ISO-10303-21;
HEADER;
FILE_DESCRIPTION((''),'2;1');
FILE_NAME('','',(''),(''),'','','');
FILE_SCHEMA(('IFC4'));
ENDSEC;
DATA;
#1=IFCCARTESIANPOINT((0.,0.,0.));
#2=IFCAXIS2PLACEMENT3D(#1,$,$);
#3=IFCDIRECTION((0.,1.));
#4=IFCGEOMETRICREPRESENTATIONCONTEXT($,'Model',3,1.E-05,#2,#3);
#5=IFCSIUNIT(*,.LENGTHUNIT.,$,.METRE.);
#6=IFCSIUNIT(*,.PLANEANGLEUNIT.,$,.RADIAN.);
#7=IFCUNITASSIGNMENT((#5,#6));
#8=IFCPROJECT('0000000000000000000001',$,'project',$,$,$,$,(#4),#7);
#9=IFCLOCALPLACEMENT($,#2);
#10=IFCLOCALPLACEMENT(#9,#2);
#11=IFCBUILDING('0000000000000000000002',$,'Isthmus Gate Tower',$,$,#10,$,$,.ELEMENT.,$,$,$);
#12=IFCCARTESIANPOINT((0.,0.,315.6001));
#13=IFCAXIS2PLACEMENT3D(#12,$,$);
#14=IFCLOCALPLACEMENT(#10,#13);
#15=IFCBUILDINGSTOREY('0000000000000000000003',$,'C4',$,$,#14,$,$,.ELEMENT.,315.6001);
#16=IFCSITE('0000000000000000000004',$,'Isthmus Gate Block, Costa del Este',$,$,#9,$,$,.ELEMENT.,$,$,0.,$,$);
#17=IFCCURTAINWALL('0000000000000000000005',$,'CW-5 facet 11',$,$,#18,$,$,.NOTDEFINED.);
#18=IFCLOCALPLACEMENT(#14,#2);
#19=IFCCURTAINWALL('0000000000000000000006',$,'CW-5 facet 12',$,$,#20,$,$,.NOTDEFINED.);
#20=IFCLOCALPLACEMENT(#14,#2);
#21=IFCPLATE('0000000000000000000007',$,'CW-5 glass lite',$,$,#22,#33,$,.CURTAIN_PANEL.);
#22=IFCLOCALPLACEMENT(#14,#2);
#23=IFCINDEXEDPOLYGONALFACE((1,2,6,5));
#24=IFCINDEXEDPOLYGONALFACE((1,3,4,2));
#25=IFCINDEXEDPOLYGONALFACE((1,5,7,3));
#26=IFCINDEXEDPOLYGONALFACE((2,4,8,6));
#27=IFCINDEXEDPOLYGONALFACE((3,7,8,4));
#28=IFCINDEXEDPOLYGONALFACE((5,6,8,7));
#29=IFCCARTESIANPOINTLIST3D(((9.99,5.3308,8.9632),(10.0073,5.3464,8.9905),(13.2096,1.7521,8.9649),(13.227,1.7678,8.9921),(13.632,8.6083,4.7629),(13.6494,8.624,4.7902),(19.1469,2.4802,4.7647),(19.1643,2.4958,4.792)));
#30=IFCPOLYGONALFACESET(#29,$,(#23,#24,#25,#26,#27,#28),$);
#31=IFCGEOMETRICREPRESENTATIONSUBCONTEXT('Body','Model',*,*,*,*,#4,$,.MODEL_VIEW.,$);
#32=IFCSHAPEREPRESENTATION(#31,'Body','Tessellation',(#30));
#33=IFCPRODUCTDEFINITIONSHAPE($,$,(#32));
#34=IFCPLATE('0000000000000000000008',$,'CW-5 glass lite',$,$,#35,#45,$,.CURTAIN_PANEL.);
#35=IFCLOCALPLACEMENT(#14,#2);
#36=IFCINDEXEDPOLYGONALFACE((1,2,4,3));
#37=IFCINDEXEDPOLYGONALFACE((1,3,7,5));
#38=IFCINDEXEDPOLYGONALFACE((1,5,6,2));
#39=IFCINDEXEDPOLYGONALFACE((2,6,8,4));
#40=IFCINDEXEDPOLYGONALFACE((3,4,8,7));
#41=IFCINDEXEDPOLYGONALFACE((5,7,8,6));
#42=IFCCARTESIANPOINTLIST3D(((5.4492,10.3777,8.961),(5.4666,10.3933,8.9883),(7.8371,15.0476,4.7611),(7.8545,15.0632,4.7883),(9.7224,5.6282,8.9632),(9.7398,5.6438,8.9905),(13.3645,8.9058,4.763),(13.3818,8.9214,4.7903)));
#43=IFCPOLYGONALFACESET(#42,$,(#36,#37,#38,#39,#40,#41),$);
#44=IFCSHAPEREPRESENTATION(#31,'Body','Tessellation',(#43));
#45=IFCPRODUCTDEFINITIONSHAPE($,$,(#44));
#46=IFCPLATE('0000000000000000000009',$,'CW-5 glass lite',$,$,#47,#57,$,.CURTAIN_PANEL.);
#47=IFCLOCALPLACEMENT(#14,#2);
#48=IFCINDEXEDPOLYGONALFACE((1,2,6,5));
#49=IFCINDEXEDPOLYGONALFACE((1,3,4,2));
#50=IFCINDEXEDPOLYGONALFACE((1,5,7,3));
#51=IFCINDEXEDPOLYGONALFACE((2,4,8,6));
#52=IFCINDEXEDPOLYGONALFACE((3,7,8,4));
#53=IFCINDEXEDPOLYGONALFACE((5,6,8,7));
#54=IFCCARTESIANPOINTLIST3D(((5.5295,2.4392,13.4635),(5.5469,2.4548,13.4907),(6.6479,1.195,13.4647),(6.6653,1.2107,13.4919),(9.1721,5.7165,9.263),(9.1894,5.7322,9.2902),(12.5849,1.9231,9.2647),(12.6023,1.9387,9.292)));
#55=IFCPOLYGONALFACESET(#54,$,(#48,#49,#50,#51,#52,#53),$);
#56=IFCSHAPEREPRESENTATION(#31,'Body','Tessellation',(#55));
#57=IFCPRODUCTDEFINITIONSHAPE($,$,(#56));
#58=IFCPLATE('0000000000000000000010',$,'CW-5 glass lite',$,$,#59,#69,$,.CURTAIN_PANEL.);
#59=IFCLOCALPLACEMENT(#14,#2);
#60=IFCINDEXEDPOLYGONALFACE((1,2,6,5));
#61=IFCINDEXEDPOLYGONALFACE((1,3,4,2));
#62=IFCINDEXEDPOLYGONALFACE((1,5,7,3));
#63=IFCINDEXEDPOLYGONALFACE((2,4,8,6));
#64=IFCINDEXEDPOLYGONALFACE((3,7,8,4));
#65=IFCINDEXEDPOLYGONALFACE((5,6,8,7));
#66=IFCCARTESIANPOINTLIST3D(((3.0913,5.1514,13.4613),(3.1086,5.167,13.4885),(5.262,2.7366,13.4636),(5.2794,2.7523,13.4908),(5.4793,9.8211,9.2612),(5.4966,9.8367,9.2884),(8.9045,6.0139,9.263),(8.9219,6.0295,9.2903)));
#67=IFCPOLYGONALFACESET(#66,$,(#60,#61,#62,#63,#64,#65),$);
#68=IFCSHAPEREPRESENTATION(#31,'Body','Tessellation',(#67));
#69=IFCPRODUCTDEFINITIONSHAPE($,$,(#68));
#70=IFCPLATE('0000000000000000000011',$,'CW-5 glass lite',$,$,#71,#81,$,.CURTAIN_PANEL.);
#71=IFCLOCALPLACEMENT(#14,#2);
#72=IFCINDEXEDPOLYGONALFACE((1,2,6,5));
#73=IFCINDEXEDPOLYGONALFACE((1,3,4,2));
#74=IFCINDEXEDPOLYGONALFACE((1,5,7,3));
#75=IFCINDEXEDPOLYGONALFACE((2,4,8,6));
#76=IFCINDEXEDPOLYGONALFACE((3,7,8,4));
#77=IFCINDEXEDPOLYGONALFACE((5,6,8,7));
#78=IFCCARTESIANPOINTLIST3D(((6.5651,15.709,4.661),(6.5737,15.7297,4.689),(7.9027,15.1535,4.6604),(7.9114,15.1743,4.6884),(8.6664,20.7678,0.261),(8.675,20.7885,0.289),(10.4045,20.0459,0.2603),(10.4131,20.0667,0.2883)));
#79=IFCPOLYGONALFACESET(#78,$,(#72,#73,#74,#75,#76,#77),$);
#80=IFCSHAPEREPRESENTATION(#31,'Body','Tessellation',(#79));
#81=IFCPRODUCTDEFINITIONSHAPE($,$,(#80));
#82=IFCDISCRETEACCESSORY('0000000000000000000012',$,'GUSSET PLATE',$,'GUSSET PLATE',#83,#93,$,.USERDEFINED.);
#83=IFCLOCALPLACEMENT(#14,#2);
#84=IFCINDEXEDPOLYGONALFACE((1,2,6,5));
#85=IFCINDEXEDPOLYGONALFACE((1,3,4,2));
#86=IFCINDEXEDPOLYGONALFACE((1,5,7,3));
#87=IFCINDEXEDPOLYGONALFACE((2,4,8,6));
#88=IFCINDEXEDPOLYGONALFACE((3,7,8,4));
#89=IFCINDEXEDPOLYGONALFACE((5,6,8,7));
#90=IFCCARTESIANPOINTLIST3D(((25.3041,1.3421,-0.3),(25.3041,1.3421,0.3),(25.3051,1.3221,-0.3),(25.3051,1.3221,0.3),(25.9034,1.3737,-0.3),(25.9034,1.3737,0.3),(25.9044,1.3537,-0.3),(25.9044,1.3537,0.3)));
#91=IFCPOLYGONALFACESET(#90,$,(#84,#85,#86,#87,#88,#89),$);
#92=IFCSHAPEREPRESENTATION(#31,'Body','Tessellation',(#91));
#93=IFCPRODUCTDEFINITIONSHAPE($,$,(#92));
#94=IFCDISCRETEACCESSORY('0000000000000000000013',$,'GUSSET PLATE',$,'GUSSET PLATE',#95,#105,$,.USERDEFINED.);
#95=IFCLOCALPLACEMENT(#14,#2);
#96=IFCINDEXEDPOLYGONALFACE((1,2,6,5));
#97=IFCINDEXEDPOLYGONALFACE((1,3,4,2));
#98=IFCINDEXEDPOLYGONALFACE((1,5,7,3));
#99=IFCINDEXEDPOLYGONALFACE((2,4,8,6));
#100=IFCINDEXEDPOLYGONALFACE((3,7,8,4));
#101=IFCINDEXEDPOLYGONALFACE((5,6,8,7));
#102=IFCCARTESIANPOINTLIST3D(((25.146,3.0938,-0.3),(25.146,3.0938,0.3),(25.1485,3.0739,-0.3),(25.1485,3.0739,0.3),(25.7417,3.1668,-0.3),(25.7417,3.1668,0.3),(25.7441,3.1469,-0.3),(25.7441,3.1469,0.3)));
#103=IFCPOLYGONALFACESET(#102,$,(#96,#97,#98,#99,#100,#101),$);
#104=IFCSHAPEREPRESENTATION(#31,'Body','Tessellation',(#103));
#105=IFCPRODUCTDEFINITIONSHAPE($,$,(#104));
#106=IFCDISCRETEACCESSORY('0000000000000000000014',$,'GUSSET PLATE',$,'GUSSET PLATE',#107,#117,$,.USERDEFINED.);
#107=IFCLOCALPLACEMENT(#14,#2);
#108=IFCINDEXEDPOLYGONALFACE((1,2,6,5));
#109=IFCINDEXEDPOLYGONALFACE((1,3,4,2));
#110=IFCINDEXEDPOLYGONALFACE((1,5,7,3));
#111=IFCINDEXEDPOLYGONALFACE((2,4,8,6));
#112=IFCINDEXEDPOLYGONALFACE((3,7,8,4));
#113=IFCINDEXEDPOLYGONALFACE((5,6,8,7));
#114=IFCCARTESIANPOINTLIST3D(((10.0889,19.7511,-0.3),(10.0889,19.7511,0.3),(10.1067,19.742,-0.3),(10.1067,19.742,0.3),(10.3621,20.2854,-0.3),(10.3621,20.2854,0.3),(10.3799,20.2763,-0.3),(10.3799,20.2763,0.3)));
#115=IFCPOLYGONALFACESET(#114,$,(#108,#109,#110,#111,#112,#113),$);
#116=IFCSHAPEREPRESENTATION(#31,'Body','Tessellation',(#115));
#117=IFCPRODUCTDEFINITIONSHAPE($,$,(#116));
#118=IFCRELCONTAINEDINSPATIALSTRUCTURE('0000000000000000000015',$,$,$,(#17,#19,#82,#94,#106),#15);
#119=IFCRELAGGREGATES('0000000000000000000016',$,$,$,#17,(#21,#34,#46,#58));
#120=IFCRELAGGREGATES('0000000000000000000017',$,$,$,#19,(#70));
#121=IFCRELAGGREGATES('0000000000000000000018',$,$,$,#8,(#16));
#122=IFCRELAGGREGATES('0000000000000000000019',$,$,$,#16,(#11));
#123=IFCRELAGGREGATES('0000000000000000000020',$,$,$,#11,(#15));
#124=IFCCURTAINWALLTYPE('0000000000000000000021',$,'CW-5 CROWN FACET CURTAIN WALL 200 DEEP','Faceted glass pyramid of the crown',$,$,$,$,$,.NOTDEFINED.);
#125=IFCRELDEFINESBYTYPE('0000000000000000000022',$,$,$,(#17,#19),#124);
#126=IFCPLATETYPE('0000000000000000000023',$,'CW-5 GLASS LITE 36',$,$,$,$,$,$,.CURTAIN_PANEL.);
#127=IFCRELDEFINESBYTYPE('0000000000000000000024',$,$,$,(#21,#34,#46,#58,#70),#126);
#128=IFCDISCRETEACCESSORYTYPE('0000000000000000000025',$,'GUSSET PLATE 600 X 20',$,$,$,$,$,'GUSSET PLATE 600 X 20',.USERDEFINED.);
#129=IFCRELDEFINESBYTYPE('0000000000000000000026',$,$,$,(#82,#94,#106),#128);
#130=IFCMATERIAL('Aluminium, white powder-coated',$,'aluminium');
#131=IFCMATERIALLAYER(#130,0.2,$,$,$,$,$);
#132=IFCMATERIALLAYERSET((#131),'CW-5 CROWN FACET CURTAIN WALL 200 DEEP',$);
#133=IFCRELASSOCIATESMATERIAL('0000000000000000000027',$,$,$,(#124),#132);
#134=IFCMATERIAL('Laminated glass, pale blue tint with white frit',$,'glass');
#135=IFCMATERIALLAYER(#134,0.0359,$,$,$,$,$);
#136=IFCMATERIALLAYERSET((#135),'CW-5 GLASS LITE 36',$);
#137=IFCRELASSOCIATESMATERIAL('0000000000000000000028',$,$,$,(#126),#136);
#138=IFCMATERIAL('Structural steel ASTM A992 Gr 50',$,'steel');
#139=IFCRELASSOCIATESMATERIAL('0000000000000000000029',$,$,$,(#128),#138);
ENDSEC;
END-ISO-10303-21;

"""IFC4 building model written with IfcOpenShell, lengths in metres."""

from ifc_helpers import new_model, si_unit, direction, frame, origin, origin_2d, place, context, subcontext, project, spatial, polyline, rectangle, outline, extrude, material, layer, layer_set, type_object, element, aggregate, save


model = new_model("IFC4")

# Units and contexts
model_context = context("Model", 3, precision=1e-05, world=origin(), true_north=direction((0.0, 1.0)))
body_context = subcontext(model_context, "Body", "Model", "MODEL_VIEW")
ifc_project = project(units=[si_unit("LENGTHUNIT", "METRE"), si_unit("PLANEANGLEUNIT", "RADIAN")], contexts=[model_context])

# Site, building, storey
site_placement = place(None, origin())
site = spatial("IfcSite", under=ifc_project, at=site_placement, Name="Isthmus Gate Block, Costa del Este", CompositionType="ELEMENT", RefElevation=0.0)
building_placement = place(site_placement, origin())
building = spatial("IfcBuilding", under=site, at=building_placement, Name="Isthmus Gate Tower", CompositionType="ELEMENT")
storey_placement = place(building_placement, frame((0.0, 0.0, 315.6001)))
storey = spatial("IfcBuildingStorey", under=building, at=storey_placement, Name="C4", CompositionType="ELEMENT", Elevation=315.6001)

# Curtain wall
ifc_material_1 = material(Name="Aluminium, white powder-coated", Category="aluminium")
ifc_layer_1 = layer(ifc_material_1, 0.2)
ifc_layer_set_1 = layer_set([ifc_layer_1], Name="CW-5 CROWN FACET CURTAIN WALL 200 DEEP")
curtain_wall_type = type_object("IfcCurtainWallType", Name="CW-5 CROWN FACET CURTAIN WALL 200 DEEP", Description="Faceted glass pyramid of the crown", PredefinedType="NOTDEFINED", material=ifc_layer_set_1)
curtain_wall_1_placement = place(storey_placement, origin())
curtain_wall_1 = element("IfcCurtainWall", 1, at=curtain_wall_1_placement, inside=storey, type_object=curtain_wall_type, Name="CW-5 facet 11", PredefinedType="NOTDEFINED")
placement_1 = place(building_placement, frame((0.0, 0.0, 324.6001)))

# Shared definitions
placement_2 = place(building_placement, frame((0.0, 0.0, 320.1001)))

# Curtain wall
curtain_wall_2_placement = place(storey_placement, origin())
curtain_wall_2 = element("IfcCurtainWall", 2, at=curtain_wall_2_placement, inside=storey, type_object=curtain_wall_type, Name="CW-5 facet 12", PredefinedType="NOTDEFINED")

# Plates
ifc_material_2 = material(Name="Laminated glass, pale blue tint with white frit", Category="glass")
ifc_layer_2 = layer(ifc_material_2, 0.0359)
ifc_layer_set_2 = layer_set([ifc_layer_2], Name="CW-5 GLASS LITE 36")
plate_type = type_object("IfcPlateType", Name="CW-5 GLASS LITE 36", PredefinedType="CURTAIN_PANEL", material=ifc_layer_set_2)
plate_1_placement = place(placement_2, frame((19.1643, 2.4958, 0.292), z_axis=(0.483671, 0.435497, 0.759213), x_axis=(-0.66894, 0.743316, -0.000217)))
plate_1 = element("IfcPlate", 3, at=plate_1_placement, type_object=plate_type, Name="CW-5 glass lite", PredefinedType="CURTAIN_PANEL", context=body_context, shape_type="SweptSolid", body=[
    extrude(outline(polyline([(0.0, 0.0), (8.2443, 0.0), (8.2434, 6.4536), (3.4296, 6.4545), (0.0, 0.0)])), origin(), (0.0, 0.0, -1.0), 0.0359),
])
plate_2_placement = place(placement_2, frame((13.3818, 8.9214, 0.2903), z_axis=(0.483652, 0.435501, 0.759223), x_axis=(-0.668943, 0.743314, -0.000235)))
plate_2 = element("IfcPlate", 4, at=plate_2_placement, type_object=plate_type, Name="CW-5 glass lite", PredefinedType="CURTAIN_PANEL", context=body_context, shape_type="SweptSolid", body=[
    extrude(outline(polyline([(0.0, 0.0), (8.2628, 0.0), (6.388, 6.4525), (-0.0009, 6.4536), (0.0, 0.0)])), origin(), (0.0, 0.0, -1.0), 0.0359),
])
plate_3_placement = place(placement_1, frame((12.6023, 1.9387, 0.292), z_axis=(0.483671, 0.435497, 0.759214), x_axis=(-0.668832, 0.743414, -0.000342)))
plate_3 = element("IfcPlate", 5, at=plate_3_placement, type_object=plate_type, Name="CW-5 glass lite", PredefinedType="CURTAIN_PANEL", context=body_context, shape_type="SweptSolid", body=[
    extrude(outline(polyline([(0.0, 0.0), (5.1027, 0.0), (5.1011, 6.4539), (3.4282, 6.4549), (0.0, 0.0)])), origin(), (0.0, 0.0, -1.0), 0.0359),
])
plate_4_placement = place(placement_1, frame((8.9219, 6.0295, 0.2903), z_axis=(0.483668, 0.435514, 0.759205), x_axis=(-0.668831, 0.743414, -0.000362)))
plate_4 = element("IfcPlate", 6, at=plate_4_placement, type_object=plate_type, Name="CW-5 glass lite", PredefinedType="CURTAIN_PANEL", context=body_context, shape_type="SweptSolid", body=[
    extrude(outline(polyline([(0.0, 0.0), (5.1212, 0.0), (3.2453, 6.4522), (-0.0017, 6.4539), (0.0, 0.0)])), origin(), (0.0, 0.0, -1.0), 0.0359),
])
aggregate(curtain_wall_1, [plate_1, plate_2, plate_3, plate_4])
plate_5_placement = place(storey_placement, frame((10.4131, 20.0667, 0.2883), z_axis=(0.24045, 0.578229, 0.779638), x_axis=(-0.923515, 0.383563, 0.000349)))
plate_5 = element("IfcPlate", 7, at=plate_5_placement, type_object=plate_type, Name="CW-5 glass lite", PredefinedType="CURTAIN_PANEL", context=body_context, shape_type="SweptSolid", body=[
    extrude(outline(polyline([(0.0, 0.0), (1.882, 0.0), (1.8838, 7.0261), (0.4354, 7.026), (0.0, 0.0)])), origin(), (0.0, 0.0, -1.0), 0.0359),
])
aggregate(curtain_wall_2, [plate_5])

# Discrete accessories
ifc_material_3 = material(Name="Structural steel ASTM A992 Gr 50", Category="steel")
discrete_accessory_type = type_object("IfcDiscreteAccessoryType", Name="GUSSET PLATE 600 X 20", ElementType="GUSSET PLATE 600 X 20", PredefinedType="USERDEFINED", material=ifc_material_3)
for number, where, z_axis, x_axis, name in (
    (8, (25.6042, 1.3479, -0.3), (0.0, 0.0, 1.0), (-0.998617, -0.052567, 0.0), "GUSSET PLATE"),
    (9, (25.4451, 3.1204, -0.3), (0.0, 0.0, 1.0), (-0.992564, -0.121723, 0.0), "GUSSET PLATE"),
    (10, (10.2344, 20.0137, -0.3), (0.0, 0.0, 1.0), (-0.455293, -0.890342, 0.0), "GUSSET PLATE"),
):
    element("IfcDiscreteAccessory", number, at=place(storey_placement, frame(where, z_axis=z_axis, x_axis=x_axis)), inside=storey, type_object=discrete_accessory_type, Name=name, ObjectType="GUSSET PLATE", PredefinedType="USERDEFINED", context=body_context, shape_type="SweptSolid", body=[
        extrude(rectangle(XDim=0.6001, YDim=0.02, at=origin_2d()), origin(), (0.0, 0.0, 1.0), 0.6001),
    ])

save(model, "model.ifc")
